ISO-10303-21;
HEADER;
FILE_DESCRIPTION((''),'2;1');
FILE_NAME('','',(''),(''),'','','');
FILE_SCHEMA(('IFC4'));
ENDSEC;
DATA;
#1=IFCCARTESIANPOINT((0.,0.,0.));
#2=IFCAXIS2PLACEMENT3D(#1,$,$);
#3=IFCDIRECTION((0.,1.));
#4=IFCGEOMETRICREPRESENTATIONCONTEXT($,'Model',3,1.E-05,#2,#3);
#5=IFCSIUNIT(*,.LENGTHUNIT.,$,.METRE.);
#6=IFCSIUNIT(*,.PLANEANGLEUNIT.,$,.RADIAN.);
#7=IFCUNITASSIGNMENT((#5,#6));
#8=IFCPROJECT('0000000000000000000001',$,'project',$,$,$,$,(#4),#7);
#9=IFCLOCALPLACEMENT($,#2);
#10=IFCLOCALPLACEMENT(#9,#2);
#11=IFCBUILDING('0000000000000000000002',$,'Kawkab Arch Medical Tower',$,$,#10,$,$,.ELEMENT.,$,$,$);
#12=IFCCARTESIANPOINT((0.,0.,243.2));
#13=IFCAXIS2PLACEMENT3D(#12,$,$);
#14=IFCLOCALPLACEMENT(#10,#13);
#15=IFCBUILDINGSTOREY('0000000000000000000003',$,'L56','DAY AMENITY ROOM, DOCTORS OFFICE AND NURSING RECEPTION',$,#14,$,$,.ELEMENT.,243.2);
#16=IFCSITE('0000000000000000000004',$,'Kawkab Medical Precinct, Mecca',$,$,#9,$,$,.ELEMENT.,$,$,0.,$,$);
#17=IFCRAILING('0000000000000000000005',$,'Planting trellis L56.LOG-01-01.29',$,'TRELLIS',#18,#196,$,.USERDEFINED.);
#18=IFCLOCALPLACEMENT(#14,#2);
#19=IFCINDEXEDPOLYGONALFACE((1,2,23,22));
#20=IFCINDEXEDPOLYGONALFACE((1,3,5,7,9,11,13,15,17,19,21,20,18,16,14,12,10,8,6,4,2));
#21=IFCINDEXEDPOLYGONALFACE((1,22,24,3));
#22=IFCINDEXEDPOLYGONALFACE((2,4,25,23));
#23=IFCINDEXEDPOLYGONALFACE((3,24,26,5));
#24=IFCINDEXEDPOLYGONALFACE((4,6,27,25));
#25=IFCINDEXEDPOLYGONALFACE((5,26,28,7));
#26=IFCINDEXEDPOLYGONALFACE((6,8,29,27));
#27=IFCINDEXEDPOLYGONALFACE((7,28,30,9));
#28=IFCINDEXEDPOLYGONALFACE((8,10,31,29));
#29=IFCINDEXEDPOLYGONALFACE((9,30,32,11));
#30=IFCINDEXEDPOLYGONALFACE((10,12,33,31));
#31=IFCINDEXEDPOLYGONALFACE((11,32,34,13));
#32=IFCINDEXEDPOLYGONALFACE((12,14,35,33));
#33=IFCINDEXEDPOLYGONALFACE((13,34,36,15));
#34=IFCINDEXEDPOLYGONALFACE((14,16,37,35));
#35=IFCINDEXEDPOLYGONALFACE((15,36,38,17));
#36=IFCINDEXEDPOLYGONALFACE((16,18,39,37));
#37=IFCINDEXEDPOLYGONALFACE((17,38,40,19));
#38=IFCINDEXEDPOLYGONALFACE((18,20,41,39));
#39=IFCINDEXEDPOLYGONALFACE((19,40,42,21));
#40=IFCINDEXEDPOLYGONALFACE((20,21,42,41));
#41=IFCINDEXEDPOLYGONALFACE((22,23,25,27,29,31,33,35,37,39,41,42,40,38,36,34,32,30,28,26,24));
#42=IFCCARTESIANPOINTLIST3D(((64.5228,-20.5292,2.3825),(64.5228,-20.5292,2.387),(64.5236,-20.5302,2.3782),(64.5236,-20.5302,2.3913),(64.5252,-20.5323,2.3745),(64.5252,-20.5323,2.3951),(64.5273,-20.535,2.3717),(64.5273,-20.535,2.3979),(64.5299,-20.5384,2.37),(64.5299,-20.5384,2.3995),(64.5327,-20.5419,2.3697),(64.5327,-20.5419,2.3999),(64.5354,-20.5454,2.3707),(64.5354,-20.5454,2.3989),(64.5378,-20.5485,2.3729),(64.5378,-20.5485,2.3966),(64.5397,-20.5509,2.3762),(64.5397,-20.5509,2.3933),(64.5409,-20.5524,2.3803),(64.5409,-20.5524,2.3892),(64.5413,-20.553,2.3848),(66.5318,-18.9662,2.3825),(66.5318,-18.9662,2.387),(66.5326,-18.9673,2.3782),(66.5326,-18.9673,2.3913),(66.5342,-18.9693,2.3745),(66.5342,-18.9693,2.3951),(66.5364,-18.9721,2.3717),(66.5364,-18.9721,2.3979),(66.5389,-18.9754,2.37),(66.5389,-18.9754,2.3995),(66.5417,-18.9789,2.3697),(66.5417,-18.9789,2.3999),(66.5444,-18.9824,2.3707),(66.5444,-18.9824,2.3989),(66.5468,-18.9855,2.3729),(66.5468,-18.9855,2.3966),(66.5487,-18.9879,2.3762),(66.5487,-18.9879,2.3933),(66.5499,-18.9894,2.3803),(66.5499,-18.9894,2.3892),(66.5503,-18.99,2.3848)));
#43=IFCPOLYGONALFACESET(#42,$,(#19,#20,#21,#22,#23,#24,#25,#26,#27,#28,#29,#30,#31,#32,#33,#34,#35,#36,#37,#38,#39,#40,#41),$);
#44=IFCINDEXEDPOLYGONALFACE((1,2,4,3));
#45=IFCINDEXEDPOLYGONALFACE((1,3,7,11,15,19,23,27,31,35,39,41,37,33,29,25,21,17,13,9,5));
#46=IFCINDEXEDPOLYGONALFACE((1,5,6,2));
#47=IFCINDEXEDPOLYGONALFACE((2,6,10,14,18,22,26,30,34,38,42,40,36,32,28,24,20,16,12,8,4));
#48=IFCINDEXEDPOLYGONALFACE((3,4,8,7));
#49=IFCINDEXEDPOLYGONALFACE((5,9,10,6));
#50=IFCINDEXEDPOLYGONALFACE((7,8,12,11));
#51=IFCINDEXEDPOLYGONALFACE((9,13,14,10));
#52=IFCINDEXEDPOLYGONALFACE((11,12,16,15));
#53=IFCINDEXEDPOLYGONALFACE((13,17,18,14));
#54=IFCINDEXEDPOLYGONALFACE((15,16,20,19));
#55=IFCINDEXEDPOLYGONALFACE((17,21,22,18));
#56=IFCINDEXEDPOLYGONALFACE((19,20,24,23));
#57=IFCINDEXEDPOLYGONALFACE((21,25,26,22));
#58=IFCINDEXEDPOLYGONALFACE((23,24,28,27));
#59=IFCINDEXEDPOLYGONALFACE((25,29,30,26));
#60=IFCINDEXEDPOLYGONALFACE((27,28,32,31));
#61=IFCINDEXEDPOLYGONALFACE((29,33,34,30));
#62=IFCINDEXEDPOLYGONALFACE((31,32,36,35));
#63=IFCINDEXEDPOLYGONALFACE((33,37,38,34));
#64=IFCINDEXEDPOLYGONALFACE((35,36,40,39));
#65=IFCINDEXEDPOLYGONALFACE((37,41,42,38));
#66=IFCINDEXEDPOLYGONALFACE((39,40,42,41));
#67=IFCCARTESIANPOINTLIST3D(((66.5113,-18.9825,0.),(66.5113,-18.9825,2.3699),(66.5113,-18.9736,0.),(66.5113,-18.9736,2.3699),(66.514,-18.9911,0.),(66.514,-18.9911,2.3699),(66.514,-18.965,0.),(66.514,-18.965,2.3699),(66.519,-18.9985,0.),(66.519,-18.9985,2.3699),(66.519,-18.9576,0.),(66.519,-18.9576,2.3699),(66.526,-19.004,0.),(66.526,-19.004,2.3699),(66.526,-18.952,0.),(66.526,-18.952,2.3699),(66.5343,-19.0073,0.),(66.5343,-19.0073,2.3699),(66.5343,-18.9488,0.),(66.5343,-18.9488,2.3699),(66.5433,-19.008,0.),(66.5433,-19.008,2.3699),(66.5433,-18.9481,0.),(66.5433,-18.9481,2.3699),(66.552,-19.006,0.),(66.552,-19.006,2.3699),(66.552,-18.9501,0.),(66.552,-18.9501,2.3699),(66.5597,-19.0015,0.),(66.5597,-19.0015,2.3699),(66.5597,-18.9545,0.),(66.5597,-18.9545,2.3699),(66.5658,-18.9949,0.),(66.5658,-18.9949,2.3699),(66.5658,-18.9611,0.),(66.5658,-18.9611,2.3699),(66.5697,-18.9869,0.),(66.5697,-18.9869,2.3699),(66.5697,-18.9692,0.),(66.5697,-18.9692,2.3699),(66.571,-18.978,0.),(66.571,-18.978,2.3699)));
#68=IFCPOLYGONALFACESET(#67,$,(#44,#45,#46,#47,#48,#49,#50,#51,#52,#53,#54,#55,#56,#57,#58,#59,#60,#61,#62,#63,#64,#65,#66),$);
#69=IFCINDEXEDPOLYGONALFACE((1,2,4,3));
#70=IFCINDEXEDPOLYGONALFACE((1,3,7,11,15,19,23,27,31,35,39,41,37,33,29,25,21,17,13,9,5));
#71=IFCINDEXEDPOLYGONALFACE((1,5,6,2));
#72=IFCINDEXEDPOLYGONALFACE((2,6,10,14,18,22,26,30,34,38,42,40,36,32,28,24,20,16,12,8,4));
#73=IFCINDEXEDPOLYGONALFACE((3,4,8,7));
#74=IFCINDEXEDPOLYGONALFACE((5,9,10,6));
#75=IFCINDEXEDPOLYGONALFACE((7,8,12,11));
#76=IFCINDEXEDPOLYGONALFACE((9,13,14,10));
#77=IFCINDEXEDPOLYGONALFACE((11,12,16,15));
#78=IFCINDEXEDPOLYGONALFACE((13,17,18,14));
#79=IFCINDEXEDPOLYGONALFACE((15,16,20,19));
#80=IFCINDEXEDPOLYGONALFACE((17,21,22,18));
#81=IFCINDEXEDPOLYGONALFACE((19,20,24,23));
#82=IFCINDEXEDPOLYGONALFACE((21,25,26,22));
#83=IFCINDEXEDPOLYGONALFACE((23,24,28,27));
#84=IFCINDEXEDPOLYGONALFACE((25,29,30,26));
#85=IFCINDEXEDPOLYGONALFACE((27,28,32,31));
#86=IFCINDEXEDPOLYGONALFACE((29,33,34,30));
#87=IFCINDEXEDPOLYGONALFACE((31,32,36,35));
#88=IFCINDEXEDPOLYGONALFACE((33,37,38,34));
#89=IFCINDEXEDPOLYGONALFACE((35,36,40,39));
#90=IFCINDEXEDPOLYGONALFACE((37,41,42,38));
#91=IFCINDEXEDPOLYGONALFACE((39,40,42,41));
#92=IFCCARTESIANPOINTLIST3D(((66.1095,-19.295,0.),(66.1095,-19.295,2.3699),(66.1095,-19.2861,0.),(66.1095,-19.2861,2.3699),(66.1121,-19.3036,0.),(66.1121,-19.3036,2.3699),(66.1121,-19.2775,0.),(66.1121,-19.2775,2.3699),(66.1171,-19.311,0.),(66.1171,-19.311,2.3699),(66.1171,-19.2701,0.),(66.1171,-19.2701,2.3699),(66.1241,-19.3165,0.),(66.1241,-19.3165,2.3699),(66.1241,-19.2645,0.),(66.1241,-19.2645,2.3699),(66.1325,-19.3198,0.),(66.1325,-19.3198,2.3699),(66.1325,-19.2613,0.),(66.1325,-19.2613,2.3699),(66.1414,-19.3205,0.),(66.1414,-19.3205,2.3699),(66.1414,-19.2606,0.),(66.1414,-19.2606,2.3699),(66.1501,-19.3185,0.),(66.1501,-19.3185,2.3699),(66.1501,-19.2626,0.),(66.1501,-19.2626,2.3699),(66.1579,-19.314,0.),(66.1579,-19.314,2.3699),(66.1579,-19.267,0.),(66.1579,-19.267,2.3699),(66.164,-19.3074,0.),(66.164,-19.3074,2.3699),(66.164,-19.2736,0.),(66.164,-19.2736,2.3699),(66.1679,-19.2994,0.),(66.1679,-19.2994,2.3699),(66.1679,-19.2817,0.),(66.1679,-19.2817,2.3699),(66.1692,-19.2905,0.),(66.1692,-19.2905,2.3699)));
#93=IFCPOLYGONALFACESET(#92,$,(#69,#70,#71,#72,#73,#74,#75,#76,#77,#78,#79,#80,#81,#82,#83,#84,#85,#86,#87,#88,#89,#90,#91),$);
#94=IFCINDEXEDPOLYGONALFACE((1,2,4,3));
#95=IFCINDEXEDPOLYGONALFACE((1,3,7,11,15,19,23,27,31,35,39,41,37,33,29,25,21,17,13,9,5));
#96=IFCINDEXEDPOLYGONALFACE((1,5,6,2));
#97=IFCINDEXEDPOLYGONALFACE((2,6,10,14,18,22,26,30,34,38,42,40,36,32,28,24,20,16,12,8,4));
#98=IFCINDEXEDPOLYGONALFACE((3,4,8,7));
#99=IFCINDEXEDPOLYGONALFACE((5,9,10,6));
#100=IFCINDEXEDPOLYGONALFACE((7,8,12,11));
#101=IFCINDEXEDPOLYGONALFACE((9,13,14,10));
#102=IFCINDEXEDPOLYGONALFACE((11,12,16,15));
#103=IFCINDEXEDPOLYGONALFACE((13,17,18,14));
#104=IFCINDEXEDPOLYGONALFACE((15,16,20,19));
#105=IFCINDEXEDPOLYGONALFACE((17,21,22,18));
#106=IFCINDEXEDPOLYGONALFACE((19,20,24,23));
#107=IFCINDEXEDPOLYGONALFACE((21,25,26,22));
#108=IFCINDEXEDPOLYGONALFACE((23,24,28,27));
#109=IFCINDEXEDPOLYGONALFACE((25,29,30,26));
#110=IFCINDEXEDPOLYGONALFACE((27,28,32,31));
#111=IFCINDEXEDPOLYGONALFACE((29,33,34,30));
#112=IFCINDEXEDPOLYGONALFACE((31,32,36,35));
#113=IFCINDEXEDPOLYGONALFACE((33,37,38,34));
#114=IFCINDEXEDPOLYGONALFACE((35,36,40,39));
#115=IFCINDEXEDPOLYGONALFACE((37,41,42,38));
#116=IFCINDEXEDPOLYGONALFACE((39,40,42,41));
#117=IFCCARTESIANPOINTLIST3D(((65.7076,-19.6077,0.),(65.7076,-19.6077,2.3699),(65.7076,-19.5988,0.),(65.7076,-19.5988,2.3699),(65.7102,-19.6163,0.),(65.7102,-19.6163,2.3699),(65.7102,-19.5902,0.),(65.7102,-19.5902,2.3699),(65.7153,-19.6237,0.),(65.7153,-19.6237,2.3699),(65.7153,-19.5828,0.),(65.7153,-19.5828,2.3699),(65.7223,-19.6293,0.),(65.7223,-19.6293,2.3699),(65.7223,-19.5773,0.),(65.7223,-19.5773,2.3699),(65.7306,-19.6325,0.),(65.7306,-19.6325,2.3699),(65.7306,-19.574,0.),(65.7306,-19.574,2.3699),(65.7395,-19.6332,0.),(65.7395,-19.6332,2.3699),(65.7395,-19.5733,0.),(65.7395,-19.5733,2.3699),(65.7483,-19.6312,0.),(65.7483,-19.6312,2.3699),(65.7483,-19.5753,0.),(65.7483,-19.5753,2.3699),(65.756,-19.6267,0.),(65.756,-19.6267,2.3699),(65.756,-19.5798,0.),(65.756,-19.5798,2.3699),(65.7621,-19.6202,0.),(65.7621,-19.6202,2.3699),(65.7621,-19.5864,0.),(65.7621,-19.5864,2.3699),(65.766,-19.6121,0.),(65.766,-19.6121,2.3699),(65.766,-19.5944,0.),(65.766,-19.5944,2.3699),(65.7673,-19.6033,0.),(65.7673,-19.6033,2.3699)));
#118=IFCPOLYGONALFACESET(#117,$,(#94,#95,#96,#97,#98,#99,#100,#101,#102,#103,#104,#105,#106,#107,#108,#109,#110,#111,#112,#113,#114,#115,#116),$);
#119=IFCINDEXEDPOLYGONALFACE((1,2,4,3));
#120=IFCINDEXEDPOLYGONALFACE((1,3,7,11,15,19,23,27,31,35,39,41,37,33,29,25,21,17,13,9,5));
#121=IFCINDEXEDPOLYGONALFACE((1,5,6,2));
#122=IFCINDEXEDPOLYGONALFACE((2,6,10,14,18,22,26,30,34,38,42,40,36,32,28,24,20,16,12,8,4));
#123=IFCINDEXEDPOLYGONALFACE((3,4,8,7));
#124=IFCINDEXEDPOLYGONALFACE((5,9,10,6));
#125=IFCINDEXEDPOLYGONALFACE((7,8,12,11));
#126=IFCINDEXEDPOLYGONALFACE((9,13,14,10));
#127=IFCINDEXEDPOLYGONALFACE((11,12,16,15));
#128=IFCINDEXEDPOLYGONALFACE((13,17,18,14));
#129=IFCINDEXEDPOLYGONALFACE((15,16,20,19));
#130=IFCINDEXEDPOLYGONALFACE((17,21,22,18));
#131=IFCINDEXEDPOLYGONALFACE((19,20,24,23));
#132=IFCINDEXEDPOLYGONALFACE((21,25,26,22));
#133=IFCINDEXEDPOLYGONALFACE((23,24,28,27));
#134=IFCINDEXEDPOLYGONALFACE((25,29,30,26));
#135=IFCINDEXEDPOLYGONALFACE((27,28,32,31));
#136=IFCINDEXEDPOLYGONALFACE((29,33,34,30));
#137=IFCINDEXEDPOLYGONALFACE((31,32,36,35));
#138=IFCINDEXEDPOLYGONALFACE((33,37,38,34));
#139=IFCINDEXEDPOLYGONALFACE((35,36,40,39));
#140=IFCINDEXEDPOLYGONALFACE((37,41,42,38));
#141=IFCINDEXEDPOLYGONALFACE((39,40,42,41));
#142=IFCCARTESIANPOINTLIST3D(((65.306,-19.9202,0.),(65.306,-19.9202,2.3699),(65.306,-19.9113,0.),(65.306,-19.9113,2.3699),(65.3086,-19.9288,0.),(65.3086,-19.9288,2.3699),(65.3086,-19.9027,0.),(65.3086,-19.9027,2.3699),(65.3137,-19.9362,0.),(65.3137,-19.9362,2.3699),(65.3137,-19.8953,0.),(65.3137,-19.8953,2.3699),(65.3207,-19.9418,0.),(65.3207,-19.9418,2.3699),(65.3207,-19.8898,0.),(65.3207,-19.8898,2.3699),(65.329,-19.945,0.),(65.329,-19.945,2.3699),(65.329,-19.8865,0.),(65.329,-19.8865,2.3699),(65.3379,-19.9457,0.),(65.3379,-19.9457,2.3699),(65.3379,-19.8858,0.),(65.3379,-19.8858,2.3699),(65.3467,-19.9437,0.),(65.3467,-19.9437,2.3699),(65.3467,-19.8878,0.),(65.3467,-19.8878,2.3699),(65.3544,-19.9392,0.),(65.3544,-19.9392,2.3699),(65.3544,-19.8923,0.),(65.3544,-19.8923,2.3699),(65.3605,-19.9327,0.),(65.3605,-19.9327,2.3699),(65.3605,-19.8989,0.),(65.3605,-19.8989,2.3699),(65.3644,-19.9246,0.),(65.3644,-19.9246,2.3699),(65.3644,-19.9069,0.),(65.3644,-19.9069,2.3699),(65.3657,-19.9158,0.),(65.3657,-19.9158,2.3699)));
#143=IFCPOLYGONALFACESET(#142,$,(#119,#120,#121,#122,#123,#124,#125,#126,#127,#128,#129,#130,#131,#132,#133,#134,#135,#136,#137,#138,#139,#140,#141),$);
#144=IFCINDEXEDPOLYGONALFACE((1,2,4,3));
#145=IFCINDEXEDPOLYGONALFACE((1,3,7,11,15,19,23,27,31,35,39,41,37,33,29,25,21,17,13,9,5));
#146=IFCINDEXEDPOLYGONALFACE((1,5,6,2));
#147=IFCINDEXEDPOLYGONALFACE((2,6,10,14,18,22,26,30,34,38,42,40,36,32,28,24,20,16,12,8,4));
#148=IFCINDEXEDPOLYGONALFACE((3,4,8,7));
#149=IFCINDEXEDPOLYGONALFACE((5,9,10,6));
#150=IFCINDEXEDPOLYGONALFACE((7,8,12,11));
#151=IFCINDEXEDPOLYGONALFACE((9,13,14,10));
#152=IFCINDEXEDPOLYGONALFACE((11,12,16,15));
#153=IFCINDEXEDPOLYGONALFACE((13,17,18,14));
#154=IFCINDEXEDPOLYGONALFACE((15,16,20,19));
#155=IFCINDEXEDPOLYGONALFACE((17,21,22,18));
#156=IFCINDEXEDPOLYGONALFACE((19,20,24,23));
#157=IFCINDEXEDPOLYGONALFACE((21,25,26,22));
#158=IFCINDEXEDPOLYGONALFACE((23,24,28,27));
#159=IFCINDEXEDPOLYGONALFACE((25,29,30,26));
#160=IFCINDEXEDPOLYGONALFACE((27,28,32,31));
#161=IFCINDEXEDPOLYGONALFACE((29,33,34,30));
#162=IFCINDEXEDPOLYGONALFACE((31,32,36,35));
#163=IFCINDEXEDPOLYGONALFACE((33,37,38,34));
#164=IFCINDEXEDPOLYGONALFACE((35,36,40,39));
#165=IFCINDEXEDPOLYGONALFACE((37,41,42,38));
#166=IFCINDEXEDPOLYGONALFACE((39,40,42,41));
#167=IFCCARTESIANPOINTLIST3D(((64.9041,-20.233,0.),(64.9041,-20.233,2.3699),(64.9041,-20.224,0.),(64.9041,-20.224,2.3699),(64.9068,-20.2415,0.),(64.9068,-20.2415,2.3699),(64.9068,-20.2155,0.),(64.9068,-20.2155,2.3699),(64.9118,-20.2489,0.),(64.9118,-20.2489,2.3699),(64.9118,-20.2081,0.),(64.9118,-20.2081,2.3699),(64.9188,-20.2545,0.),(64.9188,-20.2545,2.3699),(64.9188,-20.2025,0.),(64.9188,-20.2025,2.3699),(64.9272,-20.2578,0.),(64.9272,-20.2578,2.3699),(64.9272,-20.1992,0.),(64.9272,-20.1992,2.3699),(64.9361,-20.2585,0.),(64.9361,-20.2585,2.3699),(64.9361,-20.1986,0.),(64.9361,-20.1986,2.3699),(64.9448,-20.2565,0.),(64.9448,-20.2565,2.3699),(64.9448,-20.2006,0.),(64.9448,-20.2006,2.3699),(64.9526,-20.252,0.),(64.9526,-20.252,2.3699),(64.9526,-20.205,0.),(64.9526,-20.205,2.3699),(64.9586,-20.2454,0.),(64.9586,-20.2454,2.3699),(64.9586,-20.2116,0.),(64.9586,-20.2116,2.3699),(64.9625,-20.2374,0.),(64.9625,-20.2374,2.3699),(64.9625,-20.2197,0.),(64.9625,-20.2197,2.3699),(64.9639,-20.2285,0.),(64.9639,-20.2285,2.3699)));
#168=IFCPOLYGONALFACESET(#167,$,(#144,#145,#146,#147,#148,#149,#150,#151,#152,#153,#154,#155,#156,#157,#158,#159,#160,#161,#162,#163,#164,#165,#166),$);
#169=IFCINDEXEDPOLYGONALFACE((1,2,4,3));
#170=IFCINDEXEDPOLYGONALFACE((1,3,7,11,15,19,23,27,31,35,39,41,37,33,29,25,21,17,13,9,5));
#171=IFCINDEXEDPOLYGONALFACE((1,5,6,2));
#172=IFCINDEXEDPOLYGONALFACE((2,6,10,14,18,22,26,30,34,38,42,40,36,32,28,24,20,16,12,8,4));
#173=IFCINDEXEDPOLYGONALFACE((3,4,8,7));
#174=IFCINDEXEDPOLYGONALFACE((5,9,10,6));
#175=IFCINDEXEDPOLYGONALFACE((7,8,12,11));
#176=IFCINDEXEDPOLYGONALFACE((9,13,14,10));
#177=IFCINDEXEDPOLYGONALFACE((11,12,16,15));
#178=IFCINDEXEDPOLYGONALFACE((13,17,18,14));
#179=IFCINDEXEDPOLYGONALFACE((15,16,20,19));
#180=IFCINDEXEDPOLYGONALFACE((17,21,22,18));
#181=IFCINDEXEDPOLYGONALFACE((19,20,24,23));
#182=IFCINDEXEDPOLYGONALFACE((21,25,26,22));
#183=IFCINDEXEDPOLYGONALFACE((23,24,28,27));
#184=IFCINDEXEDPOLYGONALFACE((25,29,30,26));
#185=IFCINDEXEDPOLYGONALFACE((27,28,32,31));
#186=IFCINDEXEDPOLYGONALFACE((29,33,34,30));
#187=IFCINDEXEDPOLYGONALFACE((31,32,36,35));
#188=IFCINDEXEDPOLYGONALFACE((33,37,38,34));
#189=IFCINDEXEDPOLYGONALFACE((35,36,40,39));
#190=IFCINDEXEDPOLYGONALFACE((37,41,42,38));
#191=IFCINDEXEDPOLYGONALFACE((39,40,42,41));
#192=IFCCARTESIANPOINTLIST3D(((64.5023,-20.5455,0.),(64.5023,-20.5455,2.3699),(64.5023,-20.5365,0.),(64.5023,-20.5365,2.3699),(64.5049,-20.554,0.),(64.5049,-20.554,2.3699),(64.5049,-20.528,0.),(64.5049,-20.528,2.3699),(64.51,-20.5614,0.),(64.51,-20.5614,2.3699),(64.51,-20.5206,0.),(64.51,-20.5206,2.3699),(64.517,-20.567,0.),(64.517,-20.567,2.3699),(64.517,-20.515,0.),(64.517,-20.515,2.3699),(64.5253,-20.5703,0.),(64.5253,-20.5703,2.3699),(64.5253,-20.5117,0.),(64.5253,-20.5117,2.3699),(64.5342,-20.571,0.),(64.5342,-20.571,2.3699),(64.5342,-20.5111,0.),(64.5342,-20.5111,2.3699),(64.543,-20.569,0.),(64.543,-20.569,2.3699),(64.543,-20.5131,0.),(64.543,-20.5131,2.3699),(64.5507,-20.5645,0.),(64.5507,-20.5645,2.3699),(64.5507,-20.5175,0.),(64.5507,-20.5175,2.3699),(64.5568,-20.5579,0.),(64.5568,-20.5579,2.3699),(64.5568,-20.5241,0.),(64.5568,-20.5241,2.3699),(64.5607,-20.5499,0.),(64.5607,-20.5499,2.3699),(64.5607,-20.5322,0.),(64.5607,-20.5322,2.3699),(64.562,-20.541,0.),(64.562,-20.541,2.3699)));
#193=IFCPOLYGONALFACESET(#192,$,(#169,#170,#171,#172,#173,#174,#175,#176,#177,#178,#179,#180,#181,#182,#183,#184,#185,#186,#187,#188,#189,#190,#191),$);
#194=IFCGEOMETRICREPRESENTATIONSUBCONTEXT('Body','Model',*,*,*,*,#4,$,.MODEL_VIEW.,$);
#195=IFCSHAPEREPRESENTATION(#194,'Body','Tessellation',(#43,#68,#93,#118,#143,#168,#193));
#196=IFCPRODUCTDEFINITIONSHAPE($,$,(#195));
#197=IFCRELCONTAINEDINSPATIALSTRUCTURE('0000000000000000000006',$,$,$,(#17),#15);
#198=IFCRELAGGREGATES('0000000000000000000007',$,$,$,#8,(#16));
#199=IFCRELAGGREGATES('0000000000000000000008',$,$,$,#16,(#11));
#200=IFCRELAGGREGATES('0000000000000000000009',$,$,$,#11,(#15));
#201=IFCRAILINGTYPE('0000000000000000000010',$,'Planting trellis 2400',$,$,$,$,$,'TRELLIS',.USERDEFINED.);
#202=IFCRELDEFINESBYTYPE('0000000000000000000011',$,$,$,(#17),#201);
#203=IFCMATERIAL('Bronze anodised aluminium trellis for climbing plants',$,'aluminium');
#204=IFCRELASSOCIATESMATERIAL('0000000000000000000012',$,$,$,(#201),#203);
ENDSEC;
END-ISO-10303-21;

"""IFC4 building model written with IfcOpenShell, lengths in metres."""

from ifc_helpers import new_model, si_unit, direction, frame, origin, origin_2d, place, context, subcontext, project, spatial, circle, extrude, material, type_object, element, save


model = new_model("IFC4")

# Units and contexts
model_context = context("Model", 3, precision=1e-05, world=origin(), true_north=direction((0.0, 1.0)))
body_context = subcontext(model_context, "Body", "Model", "MODEL_VIEW")
ifc_project = project(units=[si_unit("LENGTHUNIT", "METRE"), si_unit("PLANEANGLEUNIT", "RADIAN")], contexts=[model_context])

# Site, building, storey
site_placement = place(None, origin())
site = spatial("IfcSite", under=ifc_project, at=site_placement, Name="Kawkab Medical Precinct, Mecca", CompositionType="ELEMENT", RefElevation=0.0)
building_placement = place(site_placement, origin())
building = spatial("IfcBuilding", under=site, at=building_placement, Name="Kawkab Arch Medical Tower", CompositionType="ELEMENT")
storey_placement = place(building_placement, frame((0.0, 0.0, 243.2)))
storey = spatial("IfcBuildingStorey", under=building, at=storey_placement, Name="L56", Description="DAY AMENITY ROOM, DOCTORS OFFICE AND NURSING RECEPTION", CompositionType="ELEMENT", Elevation=243.2)

# Railing
ifc_material_1 = material(Name="Bronze anodised aluminium trellis for climbing plants", Category="aluminium")
railing_type = type_object("IfcRailingType", Name="Planting trellis 2400", ElementType="TRELLIS", PredefinedType="USERDEFINED", material=ifc_material_1)
railing_1_placement = place(storey_placement, frame((66.541, -18.978, 0.0)))
element("IfcRailing", 1, at=railing_1_placement, inside=storey, type_object=railing_type, Name="Planting trellis L56.LOG-01-01.29", ObjectType="TRELLIS", PredefinedType="USERDEFINED", context=body_context, shape_type="SweptSolid", body=[
    extrude(circle(Radius=0.0151, at=origin_2d()), frame((0.0, 0.0, 2.3848), z_axis=(-0.789275, -0.61404, 0.0), x_axis=(0.61404, -0.789275, 0.0)), (0.0, 0.0, 1.0), 2.5454),
    extrude(circle(Radius=0.03, at=origin_2d()), origin(), (0.0, 0.0, 1.0), 2.3699),
    extrude(circle(Radius=0.03, at=origin_2d()), frame((-0.4019, -0.3125, 0.0)), (0.0, 0.0, 1.0), 2.3699),
    extrude(circle(Radius=0.03, at=origin_2d()), frame((-0.8037, -0.6252, 0.0)), (0.0, 0.0, 1.0), 2.3699),
    extrude(circle(Radius=0.03, at=origin_2d()), frame((-1.2053, -0.9377, 0.0)), (0.0, 0.0, 1.0), 2.3699),
    extrude(circle(Radius=0.03, at=origin_2d()), frame((-1.6072, -1.2505, 0.0)), (0.0, 0.0, 1.0), 2.3699),
    extrude(circle(Radius=0.03, at=origin_2d()), frame((-2.009, -1.563, 0.0)), (0.0, 0.0, 1.0), 2.3699),
])

save(model, "model.ifc")
